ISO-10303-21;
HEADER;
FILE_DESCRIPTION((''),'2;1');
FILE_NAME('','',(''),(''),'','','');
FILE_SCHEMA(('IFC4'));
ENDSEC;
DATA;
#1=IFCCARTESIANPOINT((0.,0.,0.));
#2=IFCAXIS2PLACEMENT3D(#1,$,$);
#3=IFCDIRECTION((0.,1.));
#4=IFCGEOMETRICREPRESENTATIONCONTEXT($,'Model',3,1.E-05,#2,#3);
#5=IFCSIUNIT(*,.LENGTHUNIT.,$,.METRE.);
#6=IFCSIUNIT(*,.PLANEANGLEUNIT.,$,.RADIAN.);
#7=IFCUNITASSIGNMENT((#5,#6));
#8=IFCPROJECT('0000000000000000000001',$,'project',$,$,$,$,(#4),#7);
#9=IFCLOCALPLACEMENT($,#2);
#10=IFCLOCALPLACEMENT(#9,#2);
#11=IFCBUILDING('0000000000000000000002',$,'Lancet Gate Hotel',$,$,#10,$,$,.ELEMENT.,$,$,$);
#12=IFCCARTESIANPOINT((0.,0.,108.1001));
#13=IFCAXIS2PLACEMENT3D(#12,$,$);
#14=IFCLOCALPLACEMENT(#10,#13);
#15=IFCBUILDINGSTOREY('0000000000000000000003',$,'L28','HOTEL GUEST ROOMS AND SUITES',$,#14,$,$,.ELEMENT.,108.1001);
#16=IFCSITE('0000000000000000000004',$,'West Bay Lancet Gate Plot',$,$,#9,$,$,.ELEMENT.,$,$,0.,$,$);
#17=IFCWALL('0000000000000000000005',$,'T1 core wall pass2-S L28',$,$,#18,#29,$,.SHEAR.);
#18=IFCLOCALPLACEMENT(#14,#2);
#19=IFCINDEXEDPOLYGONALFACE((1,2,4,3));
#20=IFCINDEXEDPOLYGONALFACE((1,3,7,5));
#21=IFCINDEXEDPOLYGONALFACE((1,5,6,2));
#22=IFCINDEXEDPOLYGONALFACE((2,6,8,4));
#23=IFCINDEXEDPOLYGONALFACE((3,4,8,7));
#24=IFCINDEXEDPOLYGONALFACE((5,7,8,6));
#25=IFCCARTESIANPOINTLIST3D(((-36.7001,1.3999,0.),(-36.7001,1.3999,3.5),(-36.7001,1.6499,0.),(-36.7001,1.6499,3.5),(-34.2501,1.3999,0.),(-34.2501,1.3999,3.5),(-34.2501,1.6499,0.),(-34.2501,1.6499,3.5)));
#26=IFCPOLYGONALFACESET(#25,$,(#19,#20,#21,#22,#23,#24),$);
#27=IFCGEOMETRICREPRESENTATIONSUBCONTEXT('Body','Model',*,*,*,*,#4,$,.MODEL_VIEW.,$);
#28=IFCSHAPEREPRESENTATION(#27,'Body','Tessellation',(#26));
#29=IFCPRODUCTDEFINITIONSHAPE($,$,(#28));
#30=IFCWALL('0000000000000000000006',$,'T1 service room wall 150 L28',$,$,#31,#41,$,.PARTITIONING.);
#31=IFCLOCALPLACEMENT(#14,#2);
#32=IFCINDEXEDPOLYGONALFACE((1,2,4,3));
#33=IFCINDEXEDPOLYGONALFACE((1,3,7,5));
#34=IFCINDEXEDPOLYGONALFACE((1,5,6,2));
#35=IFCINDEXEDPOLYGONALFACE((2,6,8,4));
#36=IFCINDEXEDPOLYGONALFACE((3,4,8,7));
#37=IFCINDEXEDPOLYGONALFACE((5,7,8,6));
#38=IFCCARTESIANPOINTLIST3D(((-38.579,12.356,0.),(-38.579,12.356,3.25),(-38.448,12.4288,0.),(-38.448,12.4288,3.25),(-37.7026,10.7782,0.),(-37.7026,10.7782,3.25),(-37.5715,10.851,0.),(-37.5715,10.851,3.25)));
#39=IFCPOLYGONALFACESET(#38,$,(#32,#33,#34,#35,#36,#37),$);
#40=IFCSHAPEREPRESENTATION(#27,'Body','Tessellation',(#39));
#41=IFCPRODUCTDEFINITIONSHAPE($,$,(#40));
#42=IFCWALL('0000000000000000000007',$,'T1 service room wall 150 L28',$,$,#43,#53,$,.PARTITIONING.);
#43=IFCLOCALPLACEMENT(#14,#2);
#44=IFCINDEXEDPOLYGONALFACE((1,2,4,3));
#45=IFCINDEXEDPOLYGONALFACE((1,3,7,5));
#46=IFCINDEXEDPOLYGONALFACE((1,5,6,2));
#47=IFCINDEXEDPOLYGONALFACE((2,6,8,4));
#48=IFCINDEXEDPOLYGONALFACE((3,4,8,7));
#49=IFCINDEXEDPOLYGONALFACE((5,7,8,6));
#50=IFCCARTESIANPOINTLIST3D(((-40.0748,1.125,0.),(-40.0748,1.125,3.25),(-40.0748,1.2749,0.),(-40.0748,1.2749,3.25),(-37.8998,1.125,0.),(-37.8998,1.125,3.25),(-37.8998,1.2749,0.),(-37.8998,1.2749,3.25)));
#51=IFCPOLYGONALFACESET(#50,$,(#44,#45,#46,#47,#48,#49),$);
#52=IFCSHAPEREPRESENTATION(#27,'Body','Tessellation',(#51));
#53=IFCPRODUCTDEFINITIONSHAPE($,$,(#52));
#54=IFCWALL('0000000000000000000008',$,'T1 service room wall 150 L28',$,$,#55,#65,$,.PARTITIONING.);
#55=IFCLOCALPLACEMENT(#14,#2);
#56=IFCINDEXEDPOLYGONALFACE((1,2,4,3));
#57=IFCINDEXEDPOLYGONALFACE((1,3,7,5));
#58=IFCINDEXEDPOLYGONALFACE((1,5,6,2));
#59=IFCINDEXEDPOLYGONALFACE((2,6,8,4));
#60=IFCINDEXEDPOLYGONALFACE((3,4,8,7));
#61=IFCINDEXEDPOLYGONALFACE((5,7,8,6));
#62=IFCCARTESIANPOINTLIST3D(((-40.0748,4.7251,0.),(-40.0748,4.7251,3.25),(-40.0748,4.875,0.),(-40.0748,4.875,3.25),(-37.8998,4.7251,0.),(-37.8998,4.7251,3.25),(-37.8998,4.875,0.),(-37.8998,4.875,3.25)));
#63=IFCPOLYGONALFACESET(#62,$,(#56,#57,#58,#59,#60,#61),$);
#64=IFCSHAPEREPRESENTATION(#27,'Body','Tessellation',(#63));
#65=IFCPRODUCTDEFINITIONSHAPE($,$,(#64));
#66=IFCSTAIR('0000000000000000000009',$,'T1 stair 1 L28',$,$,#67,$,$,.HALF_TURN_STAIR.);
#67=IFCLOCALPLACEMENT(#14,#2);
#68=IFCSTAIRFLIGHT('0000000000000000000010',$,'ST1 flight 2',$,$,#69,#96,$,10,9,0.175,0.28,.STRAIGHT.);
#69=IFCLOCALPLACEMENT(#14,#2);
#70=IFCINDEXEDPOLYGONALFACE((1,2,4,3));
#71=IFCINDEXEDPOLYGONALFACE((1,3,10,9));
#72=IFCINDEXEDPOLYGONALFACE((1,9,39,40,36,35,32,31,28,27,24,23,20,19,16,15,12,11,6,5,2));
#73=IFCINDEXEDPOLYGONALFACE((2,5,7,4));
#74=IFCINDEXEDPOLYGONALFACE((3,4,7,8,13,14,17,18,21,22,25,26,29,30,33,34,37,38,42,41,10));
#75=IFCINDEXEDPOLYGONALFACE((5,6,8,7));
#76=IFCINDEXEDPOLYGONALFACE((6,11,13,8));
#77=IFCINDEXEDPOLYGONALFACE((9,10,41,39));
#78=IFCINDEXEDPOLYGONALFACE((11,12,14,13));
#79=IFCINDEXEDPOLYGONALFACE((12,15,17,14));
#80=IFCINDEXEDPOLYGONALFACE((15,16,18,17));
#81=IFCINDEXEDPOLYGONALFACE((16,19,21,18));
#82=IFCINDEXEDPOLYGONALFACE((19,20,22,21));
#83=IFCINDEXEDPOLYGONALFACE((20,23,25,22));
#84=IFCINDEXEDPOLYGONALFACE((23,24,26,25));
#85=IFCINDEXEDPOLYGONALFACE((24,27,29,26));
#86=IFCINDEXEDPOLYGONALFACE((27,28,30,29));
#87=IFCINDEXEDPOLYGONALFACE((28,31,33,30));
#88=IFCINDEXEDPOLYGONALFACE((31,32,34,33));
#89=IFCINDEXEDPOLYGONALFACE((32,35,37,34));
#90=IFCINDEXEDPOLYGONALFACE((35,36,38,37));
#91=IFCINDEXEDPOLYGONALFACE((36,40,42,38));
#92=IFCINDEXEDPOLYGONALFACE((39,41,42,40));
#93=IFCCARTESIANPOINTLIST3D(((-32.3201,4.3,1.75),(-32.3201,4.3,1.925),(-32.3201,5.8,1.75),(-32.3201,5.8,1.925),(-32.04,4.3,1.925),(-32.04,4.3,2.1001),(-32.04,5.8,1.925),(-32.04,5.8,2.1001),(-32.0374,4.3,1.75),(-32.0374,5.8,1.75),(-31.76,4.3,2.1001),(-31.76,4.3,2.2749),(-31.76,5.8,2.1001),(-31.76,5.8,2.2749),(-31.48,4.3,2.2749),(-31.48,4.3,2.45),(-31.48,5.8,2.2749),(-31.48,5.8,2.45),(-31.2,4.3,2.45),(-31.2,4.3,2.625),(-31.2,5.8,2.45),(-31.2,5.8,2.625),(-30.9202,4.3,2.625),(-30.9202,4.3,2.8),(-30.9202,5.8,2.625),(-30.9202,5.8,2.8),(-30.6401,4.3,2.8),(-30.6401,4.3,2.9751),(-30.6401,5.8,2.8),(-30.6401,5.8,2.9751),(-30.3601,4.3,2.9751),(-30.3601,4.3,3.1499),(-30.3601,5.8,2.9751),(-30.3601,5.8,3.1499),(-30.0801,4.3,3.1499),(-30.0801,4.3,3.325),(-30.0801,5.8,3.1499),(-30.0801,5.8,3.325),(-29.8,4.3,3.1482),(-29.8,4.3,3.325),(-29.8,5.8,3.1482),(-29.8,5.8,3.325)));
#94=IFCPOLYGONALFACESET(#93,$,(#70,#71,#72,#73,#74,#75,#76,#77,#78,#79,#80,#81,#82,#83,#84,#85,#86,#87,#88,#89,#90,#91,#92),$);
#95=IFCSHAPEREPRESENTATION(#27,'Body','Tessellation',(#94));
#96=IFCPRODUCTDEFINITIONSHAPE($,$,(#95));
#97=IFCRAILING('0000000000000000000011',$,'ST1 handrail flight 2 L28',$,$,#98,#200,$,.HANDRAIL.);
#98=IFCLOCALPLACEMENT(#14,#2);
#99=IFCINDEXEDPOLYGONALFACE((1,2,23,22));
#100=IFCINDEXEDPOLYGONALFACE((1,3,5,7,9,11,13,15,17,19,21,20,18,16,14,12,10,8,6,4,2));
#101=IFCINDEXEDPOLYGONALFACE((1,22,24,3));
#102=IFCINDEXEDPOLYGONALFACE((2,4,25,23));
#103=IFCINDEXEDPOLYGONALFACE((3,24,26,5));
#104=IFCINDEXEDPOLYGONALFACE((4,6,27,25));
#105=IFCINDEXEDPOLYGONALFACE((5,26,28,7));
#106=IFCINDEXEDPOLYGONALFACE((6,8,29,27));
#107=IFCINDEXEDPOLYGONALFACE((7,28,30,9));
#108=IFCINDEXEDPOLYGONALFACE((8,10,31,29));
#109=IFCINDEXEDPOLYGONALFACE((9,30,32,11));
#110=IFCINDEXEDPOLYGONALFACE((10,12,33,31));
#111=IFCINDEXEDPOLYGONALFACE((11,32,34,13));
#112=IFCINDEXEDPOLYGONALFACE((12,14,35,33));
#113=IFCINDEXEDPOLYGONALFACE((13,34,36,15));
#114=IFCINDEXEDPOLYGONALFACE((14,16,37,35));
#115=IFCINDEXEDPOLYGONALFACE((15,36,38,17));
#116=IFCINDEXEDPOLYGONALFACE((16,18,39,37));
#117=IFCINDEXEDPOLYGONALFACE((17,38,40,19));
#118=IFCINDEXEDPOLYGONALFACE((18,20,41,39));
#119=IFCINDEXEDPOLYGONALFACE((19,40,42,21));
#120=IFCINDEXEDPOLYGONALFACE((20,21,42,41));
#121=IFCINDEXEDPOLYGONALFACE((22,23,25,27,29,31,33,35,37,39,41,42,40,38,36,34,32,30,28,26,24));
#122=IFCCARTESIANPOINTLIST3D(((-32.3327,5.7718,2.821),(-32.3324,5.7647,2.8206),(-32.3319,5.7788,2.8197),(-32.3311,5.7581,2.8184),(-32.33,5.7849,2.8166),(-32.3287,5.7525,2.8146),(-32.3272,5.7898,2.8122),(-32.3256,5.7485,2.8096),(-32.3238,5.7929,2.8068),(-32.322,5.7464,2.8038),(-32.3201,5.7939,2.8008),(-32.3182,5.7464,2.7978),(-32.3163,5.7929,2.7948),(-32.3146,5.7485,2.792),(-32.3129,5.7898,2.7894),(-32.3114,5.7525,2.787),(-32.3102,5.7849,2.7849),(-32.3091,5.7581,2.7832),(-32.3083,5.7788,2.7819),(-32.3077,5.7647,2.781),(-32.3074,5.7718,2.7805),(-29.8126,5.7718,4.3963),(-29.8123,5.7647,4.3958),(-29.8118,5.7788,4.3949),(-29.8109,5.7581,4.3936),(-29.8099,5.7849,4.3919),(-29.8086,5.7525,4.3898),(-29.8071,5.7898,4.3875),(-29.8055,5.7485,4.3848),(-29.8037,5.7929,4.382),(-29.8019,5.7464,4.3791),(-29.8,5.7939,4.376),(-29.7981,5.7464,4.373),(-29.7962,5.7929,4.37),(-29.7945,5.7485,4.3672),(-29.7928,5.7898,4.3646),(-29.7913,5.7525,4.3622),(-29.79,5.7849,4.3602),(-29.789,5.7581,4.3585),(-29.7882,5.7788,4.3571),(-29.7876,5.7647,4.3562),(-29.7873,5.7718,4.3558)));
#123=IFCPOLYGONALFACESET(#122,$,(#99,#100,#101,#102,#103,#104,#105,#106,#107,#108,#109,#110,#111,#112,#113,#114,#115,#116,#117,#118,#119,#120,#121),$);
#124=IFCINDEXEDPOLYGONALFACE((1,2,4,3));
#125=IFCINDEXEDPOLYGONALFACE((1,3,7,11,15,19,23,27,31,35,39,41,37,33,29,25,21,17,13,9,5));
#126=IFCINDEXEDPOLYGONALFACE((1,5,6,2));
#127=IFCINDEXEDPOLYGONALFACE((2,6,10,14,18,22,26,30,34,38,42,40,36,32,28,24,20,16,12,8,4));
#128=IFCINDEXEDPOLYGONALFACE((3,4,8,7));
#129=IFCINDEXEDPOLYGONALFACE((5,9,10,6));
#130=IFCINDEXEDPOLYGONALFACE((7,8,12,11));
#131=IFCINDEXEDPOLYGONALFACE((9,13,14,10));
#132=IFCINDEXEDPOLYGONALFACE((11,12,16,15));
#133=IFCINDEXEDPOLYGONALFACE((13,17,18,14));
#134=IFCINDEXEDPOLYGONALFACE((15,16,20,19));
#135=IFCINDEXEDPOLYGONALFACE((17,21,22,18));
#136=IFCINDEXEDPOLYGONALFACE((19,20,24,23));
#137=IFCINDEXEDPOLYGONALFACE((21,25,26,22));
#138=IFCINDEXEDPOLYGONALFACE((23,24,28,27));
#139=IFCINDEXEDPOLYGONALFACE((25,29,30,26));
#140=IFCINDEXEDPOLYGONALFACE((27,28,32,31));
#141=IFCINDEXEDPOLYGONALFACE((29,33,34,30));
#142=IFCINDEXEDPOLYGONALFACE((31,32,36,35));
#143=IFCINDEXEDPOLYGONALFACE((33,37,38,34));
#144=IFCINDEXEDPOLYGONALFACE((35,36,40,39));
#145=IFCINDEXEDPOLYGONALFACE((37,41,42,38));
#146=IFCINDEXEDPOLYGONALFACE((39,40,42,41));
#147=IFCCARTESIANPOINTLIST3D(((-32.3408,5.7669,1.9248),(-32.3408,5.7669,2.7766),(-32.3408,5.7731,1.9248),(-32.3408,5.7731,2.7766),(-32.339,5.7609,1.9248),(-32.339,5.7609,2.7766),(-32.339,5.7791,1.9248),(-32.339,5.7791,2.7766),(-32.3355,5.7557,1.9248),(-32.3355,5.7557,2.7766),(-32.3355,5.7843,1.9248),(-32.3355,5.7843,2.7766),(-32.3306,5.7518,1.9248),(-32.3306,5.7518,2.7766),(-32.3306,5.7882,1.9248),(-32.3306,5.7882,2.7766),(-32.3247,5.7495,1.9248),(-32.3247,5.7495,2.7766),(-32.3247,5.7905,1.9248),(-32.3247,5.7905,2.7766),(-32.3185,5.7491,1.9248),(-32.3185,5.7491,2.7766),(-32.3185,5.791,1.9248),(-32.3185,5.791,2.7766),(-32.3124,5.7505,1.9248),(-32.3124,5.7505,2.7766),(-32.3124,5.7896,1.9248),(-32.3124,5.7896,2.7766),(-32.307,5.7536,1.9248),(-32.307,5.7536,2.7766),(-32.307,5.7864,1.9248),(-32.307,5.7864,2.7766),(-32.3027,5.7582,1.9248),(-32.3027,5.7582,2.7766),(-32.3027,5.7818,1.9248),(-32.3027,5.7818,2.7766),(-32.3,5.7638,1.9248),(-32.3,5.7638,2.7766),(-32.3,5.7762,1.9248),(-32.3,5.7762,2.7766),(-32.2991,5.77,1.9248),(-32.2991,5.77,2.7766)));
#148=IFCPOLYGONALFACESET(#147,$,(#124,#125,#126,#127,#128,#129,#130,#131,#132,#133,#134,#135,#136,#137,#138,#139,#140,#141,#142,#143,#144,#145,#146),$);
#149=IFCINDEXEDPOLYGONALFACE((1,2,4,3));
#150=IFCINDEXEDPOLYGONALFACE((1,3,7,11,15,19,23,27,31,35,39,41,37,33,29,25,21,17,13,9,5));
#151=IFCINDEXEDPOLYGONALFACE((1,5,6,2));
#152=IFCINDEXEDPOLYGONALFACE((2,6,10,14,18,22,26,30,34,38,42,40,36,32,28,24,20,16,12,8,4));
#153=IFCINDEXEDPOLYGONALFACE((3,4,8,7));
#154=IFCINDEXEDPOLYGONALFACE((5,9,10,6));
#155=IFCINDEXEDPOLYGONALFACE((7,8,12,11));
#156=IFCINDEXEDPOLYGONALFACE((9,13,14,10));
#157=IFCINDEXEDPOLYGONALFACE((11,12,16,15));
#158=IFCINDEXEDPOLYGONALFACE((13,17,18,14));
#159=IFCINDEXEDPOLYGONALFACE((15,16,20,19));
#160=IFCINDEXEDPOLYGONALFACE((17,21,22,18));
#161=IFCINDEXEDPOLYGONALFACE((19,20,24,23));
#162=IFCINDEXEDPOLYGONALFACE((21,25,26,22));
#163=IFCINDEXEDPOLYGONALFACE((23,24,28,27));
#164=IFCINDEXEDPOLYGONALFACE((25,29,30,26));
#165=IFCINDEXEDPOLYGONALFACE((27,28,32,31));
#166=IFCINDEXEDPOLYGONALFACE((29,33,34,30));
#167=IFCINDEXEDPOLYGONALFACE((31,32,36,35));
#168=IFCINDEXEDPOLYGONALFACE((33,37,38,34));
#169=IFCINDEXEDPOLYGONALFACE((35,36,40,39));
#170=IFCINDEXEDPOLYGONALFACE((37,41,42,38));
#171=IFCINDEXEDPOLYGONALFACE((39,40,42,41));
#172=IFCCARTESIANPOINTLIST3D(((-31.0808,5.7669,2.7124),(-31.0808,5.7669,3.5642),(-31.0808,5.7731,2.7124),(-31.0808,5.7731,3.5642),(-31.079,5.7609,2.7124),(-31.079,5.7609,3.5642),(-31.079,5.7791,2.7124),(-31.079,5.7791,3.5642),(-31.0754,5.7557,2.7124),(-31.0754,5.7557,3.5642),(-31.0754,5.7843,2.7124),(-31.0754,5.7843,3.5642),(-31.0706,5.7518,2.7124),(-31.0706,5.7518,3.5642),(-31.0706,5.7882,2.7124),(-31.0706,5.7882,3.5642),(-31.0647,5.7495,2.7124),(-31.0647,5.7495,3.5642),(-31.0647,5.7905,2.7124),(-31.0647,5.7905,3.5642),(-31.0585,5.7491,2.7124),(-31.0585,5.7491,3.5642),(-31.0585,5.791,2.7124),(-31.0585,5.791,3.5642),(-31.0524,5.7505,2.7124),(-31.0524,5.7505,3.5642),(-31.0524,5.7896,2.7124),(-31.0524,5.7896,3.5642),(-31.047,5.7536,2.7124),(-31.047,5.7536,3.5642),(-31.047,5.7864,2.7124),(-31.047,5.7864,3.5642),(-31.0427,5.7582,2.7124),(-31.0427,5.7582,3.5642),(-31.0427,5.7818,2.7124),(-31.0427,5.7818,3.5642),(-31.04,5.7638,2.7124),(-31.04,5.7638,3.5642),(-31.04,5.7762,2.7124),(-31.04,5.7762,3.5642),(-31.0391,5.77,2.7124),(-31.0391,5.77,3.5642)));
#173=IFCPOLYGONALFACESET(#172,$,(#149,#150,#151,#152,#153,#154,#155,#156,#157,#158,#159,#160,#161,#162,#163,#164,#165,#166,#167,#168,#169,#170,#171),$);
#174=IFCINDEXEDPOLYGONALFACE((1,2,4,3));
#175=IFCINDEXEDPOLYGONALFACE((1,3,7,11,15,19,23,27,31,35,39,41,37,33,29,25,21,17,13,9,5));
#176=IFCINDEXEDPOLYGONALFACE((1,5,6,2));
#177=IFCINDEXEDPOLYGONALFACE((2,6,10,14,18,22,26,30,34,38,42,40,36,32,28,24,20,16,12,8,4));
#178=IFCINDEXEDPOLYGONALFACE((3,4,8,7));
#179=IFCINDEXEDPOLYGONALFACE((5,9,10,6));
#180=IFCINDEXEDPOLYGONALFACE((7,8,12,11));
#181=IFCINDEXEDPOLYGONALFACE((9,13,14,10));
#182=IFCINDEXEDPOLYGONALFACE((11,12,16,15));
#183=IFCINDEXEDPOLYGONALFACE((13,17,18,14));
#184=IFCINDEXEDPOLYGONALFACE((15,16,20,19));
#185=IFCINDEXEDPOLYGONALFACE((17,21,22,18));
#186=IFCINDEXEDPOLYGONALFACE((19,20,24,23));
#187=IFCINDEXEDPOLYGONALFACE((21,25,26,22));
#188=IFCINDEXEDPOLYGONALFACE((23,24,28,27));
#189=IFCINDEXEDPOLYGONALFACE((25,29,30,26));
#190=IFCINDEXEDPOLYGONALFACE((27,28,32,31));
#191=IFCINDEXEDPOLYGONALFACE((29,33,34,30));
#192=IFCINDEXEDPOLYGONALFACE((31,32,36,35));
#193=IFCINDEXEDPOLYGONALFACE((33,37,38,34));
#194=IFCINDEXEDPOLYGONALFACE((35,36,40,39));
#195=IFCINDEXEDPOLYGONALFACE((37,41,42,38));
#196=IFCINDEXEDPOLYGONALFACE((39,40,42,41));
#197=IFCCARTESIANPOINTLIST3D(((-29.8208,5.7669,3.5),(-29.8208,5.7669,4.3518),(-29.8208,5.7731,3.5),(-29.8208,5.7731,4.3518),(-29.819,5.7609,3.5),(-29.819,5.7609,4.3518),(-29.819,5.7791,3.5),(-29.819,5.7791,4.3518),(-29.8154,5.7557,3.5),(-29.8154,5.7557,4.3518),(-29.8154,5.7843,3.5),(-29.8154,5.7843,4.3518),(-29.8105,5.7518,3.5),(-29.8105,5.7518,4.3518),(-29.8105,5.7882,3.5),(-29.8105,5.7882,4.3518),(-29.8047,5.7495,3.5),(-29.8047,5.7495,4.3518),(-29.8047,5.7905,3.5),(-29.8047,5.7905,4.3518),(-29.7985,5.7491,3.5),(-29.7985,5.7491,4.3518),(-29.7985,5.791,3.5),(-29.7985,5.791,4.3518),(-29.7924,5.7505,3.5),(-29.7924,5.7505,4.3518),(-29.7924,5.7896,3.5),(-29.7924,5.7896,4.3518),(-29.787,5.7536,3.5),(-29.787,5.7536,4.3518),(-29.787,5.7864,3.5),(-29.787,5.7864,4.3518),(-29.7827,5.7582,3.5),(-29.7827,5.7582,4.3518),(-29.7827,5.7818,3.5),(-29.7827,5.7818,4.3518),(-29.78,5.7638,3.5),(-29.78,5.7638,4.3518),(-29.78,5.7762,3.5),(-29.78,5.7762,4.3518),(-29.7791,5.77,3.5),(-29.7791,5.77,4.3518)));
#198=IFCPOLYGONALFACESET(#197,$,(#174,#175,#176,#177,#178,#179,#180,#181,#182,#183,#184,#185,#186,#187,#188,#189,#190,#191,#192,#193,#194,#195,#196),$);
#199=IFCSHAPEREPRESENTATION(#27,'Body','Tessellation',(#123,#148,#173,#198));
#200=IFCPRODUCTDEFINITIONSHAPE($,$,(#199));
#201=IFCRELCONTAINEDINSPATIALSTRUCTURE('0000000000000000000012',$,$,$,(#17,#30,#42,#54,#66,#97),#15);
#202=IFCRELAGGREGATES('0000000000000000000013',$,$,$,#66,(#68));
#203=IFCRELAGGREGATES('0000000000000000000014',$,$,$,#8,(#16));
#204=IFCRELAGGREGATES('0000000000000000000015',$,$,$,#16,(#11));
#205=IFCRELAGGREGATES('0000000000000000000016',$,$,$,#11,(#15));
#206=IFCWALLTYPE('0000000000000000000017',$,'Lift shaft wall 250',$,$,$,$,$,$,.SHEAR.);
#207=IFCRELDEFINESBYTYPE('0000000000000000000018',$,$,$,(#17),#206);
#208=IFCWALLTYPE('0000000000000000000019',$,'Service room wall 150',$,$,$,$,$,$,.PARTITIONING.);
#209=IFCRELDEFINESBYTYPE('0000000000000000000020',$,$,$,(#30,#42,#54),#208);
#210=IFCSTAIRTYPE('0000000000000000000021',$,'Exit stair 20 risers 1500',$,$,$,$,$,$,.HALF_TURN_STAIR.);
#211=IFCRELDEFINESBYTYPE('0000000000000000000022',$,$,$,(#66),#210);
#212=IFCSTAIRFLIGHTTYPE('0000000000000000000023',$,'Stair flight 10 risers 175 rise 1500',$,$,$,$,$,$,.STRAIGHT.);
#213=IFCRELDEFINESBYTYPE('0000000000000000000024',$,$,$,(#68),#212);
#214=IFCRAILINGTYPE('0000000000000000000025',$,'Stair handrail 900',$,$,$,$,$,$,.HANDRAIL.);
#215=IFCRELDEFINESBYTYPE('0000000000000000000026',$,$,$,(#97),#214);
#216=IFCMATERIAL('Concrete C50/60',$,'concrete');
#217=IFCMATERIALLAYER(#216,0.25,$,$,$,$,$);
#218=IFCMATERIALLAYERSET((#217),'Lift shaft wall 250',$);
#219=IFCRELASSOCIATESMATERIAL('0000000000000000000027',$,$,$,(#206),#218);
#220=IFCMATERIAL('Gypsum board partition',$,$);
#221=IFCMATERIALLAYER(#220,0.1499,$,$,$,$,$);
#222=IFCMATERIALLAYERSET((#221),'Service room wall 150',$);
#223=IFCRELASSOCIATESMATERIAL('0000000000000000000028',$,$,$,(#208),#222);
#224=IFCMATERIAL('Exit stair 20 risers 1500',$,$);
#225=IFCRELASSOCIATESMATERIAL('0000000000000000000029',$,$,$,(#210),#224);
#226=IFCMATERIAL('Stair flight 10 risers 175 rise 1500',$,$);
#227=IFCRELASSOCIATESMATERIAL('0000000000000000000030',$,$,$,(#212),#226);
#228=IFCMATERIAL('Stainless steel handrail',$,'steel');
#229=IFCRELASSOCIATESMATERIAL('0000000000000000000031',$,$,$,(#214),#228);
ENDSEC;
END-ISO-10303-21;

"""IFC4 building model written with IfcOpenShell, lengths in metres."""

from ifc_helpers import new_model, si_unit, direction, frame, frame_2d, origin, origin_2d, place, context, subcontext, project, spatial, polyline, rectangle, circle, outline, extrude, material, layer, layer_set, type_object, element, aggregate, save


model = new_model("IFC4")

# Units and contexts
model_context = context("Model", 3, precision=1e-05, world=origin(), true_north=direction((0.0, 1.0)))
body_context = subcontext(model_context, "Body", "Model", "MODEL_VIEW")
ifc_project = project(units=[si_unit("LENGTHUNIT", "METRE"), si_unit("PLANEANGLEUNIT", "RADIAN")], contexts=[model_context])

# Site, building, storey
site_placement = place(None, origin())
site = spatial("IfcSite", under=ifc_project, at=site_placement, Name="West Bay Lancet Gate Plot", CompositionType="ELEMENT", RefElevation=0.0)
building_placement = place(site_placement, origin())
building = spatial("IfcBuilding", under=site, at=building_placement, Name="Lancet Gate Hotel", CompositionType="ELEMENT")
storey_placement = place(building_placement, frame((0.0, 0.0, 108.1001)))
storey = spatial("IfcBuildingStorey", under=building, at=storey_placement, Name="L28", Description="HOTEL GUEST ROOMS AND SUITES", CompositionType="ELEMENT", Elevation=108.1001)

# Shared definitions
ifc_material_1 = material(Name="Concrete C50/60", Category="concrete")
ifc_layer_1 = layer(ifc_material_1, 0.25)
ifc_layer_set_1 = layer_set([ifc_layer_1], Name="Lift shaft wall 250")
wall_type_1 = type_object("IfcWallType", Name="Lift shaft wall 250", PredefinedType="SHEAR", material=ifc_layer_set_1)

# Walls
wall_1_placement = place(storey_placement, frame((-34.25, 1.5249, 0.0), z_axis=(0.0, 0.0, 1.0), x_axis=(-1.0, 0.0, 0.0)))
element("IfcWall", 1, at=wall_1_placement, inside=storey, type_object=wall_type_1, Name="T1 core wall pass2-S L28", PredefinedType="SHEAR", context=body_context, shape_type="SweptSolid", body=[
    extrude(rectangle(XDim=2.45, YDim=0.25, at=frame_2d((1.2251, 0.0))), origin(), (0.0, 0.0, 1.0), 3.5),
])
ifc_material_2 = material(Name="Gypsum board partition")
ifc_layer_2 = layer(ifc_material_2, 0.1499)
ifc_layer_set_2 = layer_set([ifc_layer_2], Name="Service room wall 150")
wall_type_2 = type_object("IfcWallType", Name="Service room wall 150", PredefinedType="PARTITIONING", material=ifc_layer_set_2)
wall_2_placement = place(storey_placement, frame((-38.5134, 12.3923, 0.0), z_axis=(0.0, 0.0, 1.0), x_axis=(0.485586, -0.874189, 0.0)))
element("IfcWall", 2, at=wall_2_placement, inside=storey, type_object=wall_type_2, Name="T1 service room wall 150 L28", PredefinedType="PARTITIONING", context=body_context, shape_type="SweptSolid", body=[
    extrude(rectangle(XDim=1.8049, YDim=0.1499, at=frame_2d((0.9023, 0.0))), origin(), (0.0, 0.0, 1.0), 3.25),
])
for number, where, z_axis, x_axis, name in (
    (3, (-37.8999, 1.2, 0.0), (0.0, 0.0, 1.0), (-1.0, 0.0, 0.0), "T1 service room wall 150 L28"),
    (4, (-37.8999, 4.8, 0.0), (0.0, 0.0, 1.0), (-1.0, 0.0, 0.0), "T1 service room wall 150 L28"),
):
    element("IfcWall", number, at=place(storey_placement, frame(where, z_axis=z_axis, x_axis=x_axis)), inside=storey, type_object=wall_type_2, Name=name, PredefinedType="PARTITIONING", context=body_context, shape_type="SweptSolid", body=[
        extrude(rectangle(XDim=2.175, YDim=0.1499, at=frame_2d((1.0874, 0.0))), origin(), (0.0, 0.0, 1.0), 3.25),
    ])

# Stair, stair flight
ifc_material_3 = material(Name="Exit stair 20 risers 1500")
stair_type = type_object("IfcStairType", Name="Exit stair 20 risers 1500", PredefinedType="HALF_TURN_STAIR", material=ifc_material_3)
stair_placement = place(storey_placement, origin())
stair = element("IfcStair", 5, at=stair_placement, inside=storey, type_object=stair_type, Name="T1 stair 1 L28", PredefinedType="HALF_TURN_STAIR")
ifc_material_4 = material(Name="Stair flight 10 risers 175 rise 1500")
stair_flight_type = type_object("IfcStairFlightType", Name="Stair flight 10 risers 175 rise 1500", PredefinedType="STRAIGHT", material=ifc_material_4)
stair_flight_placement = place(storey_placement, frame((-32.3201, 5.05, 1.75), z_axis=(0.0, 0.0, 1.0), x_axis=(1.0, 0.0, 0.0)))
stair_flight = element("IfcStairFlight", 6, at=stair_flight_placement, type_object=stair_flight_type, Name="ST1 flight 2", NumberOfRisers=10, NumberOfTreads=9, PredefinedType="STRAIGHT", RiserHeight=0.175, TreadLength=0.28, context=body_context, shape_type="SweptSolid", body=[
    extrude(outline(polyline([(0.0, 0.0), (0.0, 0.175), (0.28, 0.175), (0.28, 0.3501), (0.5601, 0.3501), (0.5601, 0.5249), (0.8401, 0.5249), (0.8401, 0.7), (1.1201, 0.7), (1.1201, 0.875), (1.3999, 0.875), (1.3999, 1.05), (1.6799, 1.05), (1.6799, 1.2251), (1.96, 1.2251), (1.96, 1.3999), (2.24, 1.3999), (2.24, 1.575), (2.52, 1.575), (2.52, 1.75), (2.52, 1.3982), (0.2827, 0.0), (0.0, 0.0)])), frame((0.0, 0.75, 0.0), z_axis=(0.0, -1.0, 0.0), x_axis=(1.0, 0.0, 0.0)), (0.0, 0.0, 1.0), 1.5),
])
aggregate(stair, [stair_flight])

# Railing
ifc_material_5 = material(Name="Stainless steel handrail", Category="steel")
railing_type = type_object("IfcRailingType", Name="Stair handrail 900", PredefinedType="HANDRAIL", material=ifc_material_5)
railing_placement = place(storey_placement, frame((-32.3201, 5.77, 1.9248)))
element("IfcRailing", 7, at=railing_placement, inside=storey, type_object=railing_type, Name="ST1 handrail flight 2 L28", PredefinedType="HANDRAIL", context=body_context, shape_type="SweptSolid", body=[
    extrude(circle(Radius=0.0239, at=origin_2d()), frame((0.0, 0.0, 0.876), z_axis=(0.847971, 0.0, 0.530043), x_axis=(0.0, 1.0, 0.0)), (0.0, 0.0, 1.0), 2.9719),
    extrude(circle(Radius=0.021, at=origin_2d()), origin(), (0.0, 0.0, 1.0), 0.8518),
    extrude(circle(Radius=0.021, at=origin_2d()), frame((1.26, 0.0, 0.7876)), (0.0, 0.0, 1.0), 0.8518),
    extrude(circle(Radius=0.021, at=origin_2d()), frame((2.52, 0.0, 1.5752)), (0.0, 0.0, 1.0), 0.8518),
])

save(model, "model.ifc")
